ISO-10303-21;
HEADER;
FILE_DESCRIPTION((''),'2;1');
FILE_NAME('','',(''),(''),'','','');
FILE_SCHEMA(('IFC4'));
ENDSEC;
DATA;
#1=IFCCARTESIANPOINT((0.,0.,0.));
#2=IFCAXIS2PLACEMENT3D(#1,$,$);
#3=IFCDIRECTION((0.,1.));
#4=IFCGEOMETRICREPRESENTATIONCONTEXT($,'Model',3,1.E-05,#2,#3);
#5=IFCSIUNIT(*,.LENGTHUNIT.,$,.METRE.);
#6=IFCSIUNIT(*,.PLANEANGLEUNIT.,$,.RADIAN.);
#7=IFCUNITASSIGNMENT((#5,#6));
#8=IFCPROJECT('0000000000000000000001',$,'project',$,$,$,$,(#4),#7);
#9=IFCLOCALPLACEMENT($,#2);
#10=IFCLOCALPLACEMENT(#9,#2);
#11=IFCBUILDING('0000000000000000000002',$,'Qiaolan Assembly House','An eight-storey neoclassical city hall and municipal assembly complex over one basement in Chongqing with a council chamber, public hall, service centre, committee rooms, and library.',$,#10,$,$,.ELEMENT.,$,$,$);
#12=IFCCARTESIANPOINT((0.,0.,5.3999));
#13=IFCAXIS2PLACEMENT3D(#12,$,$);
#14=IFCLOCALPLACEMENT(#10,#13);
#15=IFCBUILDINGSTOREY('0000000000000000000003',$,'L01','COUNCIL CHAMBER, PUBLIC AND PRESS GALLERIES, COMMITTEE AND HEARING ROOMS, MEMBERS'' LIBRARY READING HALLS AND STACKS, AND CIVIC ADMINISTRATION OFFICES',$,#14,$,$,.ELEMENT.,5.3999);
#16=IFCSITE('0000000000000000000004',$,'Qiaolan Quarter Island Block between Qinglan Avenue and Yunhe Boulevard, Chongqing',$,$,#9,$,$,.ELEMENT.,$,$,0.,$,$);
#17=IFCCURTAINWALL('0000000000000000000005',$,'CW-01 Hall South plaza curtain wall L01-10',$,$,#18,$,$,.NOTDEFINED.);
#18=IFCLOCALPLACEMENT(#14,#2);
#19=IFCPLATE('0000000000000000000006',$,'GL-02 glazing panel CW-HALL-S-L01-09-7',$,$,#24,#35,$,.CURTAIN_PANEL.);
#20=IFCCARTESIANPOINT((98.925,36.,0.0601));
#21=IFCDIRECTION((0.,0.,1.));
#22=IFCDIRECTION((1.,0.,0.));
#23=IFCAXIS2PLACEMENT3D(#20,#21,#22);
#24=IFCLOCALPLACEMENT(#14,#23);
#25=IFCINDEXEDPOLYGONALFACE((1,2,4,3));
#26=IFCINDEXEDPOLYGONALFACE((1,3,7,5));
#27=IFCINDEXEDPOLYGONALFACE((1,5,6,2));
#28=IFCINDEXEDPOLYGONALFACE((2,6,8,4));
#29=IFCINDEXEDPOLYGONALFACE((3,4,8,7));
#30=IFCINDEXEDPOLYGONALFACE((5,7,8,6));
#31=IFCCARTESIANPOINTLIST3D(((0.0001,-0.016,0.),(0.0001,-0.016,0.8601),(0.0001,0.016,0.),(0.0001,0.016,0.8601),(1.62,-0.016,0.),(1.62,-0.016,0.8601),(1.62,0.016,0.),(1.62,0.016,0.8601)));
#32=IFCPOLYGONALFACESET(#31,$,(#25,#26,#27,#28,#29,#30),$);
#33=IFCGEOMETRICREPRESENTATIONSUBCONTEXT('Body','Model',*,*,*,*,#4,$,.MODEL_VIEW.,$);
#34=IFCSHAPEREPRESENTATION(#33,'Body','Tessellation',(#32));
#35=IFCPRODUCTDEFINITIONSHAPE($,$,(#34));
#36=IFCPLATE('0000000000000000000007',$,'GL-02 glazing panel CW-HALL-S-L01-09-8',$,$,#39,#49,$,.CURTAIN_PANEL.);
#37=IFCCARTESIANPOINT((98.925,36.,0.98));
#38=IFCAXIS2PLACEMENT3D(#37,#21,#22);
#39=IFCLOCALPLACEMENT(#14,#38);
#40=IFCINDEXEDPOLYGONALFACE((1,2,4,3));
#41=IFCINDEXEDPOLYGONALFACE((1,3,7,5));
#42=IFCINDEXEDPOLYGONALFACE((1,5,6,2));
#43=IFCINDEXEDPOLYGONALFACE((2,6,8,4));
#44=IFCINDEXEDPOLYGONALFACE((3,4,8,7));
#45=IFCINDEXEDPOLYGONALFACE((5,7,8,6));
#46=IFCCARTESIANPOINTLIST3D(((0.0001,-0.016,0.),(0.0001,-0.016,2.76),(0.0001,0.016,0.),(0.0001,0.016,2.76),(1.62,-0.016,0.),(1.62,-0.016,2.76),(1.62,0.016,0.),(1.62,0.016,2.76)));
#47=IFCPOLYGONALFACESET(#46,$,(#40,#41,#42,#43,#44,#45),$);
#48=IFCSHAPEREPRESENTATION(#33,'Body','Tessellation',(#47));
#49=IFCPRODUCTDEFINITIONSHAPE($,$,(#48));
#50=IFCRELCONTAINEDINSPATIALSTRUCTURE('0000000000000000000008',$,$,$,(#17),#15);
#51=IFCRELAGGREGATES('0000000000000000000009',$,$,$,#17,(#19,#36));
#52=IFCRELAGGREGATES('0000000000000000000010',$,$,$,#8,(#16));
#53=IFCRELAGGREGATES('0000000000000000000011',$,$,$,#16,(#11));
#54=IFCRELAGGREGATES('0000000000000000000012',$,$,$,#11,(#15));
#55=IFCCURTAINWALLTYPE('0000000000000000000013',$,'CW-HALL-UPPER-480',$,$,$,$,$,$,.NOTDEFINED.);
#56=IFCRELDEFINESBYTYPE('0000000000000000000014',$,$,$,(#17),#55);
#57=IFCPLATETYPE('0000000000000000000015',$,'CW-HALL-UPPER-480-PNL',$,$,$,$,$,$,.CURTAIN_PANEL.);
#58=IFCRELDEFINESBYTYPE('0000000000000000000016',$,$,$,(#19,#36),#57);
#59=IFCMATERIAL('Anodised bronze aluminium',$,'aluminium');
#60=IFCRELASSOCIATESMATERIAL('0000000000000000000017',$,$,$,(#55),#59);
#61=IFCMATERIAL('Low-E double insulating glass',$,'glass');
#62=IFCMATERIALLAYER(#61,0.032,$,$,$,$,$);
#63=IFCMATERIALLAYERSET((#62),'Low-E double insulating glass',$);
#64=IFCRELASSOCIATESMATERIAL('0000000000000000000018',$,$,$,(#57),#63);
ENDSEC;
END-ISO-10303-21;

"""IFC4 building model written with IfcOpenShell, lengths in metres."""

from ifc_helpers import new_model, si_unit, direction, frame, frame_2d, origin, place, context, subcontext, project, spatial, rectangle, extrude, material, layer, layer_set, type_object, element, aggregate, save


model = new_model("IFC4")

# Units and contexts
model_context = context("Model", 3, precision=1e-05, world=origin(), true_north=direction((0.0, 1.0)))
body_context = subcontext(model_context, "Body", "Model", "MODEL_VIEW")
ifc_project = project(units=[si_unit("LENGTHUNIT", "METRE"), si_unit("PLANEANGLEUNIT", "RADIAN")], contexts=[model_context])

# Site, building, storey
site_placement = place(None, origin())
site = spatial("IfcSite", under=ifc_project, at=site_placement, Name="Qiaolan Quarter Island Block between Qinglan Avenue and Yunhe Boulevard, Chongqing", CompositionType="ELEMENT", RefElevation=0.0)
building_placement = place(site_placement, origin())
building = spatial("IfcBuilding", under=site, at=building_placement, Name="Qiaolan Assembly House", Description="An eight-storey neoclassical city hall and municipal assembly complex over one basement in Chongqing with a council chamber, public hall, service centre, committee rooms, and library.", CompositionType="ELEMENT")
storey_placement = place(building_placement, frame((0.0, 0.0, 5.3999)))
storey = spatial("IfcBuildingStorey", under=building, at=storey_placement, Name="L01", Description="COUNCIL CHAMBER, PUBLIC AND PRESS GALLERIES, COMMITTEE AND HEARING ROOMS, MEMBERS' LIBRARY READING HALLS AND STACKS, AND CIVIC ADMINISTRATION OFFICES", CompositionType="ELEMENT", Elevation=5.3999)

# Curtain wall
ifc_material_1 = material(Name="Anodised bronze aluminium", Category="aluminium")
curtain_wall_type = type_object("IfcCurtainWallType", Name="CW-HALL-UPPER-480", PredefinedType="NOTDEFINED", material=ifc_material_1)
curtain_wall_placement = place(storey_placement, origin())
curtain_wall = element("IfcCurtainWall", 1, at=curtain_wall_placement, inside=storey, type_object=curtain_wall_type, Name="CW-01 Hall South plaza curtain wall L01-10", PredefinedType="NOTDEFINED")

# Plates
ifc_material_2 = material(Name="Low-E double insulating glass", Category="glass")
ifc_layer_1 = layer(ifc_material_2, 0.032)
ifc_layer_set_1 = layer_set([ifc_layer_1], Name="Low-E double insulating glass")
plate_type_1 = type_object("IfcPlateType", Name="CW-HALL-UPPER-480-PNL", PredefinedType="CURTAIN_PANEL", material=ifc_layer_set_1)
plate_1_placement = place(storey_placement, frame((98.925, 36.0, 0.0601), z_axis=(0.0, 0.0, 1.0), x_axis=(1.0, 0.0, 0.0)))
plate_1 = element("IfcPlate", 2, at=plate_1_placement, type_object=plate_type_1, Name="GL-02 glazing panel CW-HALL-S-L01-09-7", PredefinedType="CURTAIN_PANEL", context=body_context, shape_type="SweptSolid", body=[
    extrude(rectangle(XDim=1.6199, YDim=0.032, at=frame_2d((0.8101, 0.0))), origin(), (0.0, 0.0, 1.0), 0.8601),
])
plate_2_placement = place(storey_placement, frame((98.925, 36.0, 0.98), z_axis=(0.0, 0.0, 1.0), x_axis=(1.0, 0.0, 0.0)))
plate_2 = element("IfcPlate", 3, at=plate_2_placement, type_object=plate_type_1, Name="GL-02 glazing panel CW-HALL-S-L01-09-8", PredefinedType="CURTAIN_PANEL", context=body_context, shape_type="SweptSolid", body=[
    extrude(rectangle(XDim=1.6199, YDim=0.032, at=frame_2d((0.8101, 0.0))), origin(), (0.0, 0.0, 1.0), 2.76),
])
aggregate(curtain_wall, [plate_1, plate_2])

save(model, "model.ifc")
